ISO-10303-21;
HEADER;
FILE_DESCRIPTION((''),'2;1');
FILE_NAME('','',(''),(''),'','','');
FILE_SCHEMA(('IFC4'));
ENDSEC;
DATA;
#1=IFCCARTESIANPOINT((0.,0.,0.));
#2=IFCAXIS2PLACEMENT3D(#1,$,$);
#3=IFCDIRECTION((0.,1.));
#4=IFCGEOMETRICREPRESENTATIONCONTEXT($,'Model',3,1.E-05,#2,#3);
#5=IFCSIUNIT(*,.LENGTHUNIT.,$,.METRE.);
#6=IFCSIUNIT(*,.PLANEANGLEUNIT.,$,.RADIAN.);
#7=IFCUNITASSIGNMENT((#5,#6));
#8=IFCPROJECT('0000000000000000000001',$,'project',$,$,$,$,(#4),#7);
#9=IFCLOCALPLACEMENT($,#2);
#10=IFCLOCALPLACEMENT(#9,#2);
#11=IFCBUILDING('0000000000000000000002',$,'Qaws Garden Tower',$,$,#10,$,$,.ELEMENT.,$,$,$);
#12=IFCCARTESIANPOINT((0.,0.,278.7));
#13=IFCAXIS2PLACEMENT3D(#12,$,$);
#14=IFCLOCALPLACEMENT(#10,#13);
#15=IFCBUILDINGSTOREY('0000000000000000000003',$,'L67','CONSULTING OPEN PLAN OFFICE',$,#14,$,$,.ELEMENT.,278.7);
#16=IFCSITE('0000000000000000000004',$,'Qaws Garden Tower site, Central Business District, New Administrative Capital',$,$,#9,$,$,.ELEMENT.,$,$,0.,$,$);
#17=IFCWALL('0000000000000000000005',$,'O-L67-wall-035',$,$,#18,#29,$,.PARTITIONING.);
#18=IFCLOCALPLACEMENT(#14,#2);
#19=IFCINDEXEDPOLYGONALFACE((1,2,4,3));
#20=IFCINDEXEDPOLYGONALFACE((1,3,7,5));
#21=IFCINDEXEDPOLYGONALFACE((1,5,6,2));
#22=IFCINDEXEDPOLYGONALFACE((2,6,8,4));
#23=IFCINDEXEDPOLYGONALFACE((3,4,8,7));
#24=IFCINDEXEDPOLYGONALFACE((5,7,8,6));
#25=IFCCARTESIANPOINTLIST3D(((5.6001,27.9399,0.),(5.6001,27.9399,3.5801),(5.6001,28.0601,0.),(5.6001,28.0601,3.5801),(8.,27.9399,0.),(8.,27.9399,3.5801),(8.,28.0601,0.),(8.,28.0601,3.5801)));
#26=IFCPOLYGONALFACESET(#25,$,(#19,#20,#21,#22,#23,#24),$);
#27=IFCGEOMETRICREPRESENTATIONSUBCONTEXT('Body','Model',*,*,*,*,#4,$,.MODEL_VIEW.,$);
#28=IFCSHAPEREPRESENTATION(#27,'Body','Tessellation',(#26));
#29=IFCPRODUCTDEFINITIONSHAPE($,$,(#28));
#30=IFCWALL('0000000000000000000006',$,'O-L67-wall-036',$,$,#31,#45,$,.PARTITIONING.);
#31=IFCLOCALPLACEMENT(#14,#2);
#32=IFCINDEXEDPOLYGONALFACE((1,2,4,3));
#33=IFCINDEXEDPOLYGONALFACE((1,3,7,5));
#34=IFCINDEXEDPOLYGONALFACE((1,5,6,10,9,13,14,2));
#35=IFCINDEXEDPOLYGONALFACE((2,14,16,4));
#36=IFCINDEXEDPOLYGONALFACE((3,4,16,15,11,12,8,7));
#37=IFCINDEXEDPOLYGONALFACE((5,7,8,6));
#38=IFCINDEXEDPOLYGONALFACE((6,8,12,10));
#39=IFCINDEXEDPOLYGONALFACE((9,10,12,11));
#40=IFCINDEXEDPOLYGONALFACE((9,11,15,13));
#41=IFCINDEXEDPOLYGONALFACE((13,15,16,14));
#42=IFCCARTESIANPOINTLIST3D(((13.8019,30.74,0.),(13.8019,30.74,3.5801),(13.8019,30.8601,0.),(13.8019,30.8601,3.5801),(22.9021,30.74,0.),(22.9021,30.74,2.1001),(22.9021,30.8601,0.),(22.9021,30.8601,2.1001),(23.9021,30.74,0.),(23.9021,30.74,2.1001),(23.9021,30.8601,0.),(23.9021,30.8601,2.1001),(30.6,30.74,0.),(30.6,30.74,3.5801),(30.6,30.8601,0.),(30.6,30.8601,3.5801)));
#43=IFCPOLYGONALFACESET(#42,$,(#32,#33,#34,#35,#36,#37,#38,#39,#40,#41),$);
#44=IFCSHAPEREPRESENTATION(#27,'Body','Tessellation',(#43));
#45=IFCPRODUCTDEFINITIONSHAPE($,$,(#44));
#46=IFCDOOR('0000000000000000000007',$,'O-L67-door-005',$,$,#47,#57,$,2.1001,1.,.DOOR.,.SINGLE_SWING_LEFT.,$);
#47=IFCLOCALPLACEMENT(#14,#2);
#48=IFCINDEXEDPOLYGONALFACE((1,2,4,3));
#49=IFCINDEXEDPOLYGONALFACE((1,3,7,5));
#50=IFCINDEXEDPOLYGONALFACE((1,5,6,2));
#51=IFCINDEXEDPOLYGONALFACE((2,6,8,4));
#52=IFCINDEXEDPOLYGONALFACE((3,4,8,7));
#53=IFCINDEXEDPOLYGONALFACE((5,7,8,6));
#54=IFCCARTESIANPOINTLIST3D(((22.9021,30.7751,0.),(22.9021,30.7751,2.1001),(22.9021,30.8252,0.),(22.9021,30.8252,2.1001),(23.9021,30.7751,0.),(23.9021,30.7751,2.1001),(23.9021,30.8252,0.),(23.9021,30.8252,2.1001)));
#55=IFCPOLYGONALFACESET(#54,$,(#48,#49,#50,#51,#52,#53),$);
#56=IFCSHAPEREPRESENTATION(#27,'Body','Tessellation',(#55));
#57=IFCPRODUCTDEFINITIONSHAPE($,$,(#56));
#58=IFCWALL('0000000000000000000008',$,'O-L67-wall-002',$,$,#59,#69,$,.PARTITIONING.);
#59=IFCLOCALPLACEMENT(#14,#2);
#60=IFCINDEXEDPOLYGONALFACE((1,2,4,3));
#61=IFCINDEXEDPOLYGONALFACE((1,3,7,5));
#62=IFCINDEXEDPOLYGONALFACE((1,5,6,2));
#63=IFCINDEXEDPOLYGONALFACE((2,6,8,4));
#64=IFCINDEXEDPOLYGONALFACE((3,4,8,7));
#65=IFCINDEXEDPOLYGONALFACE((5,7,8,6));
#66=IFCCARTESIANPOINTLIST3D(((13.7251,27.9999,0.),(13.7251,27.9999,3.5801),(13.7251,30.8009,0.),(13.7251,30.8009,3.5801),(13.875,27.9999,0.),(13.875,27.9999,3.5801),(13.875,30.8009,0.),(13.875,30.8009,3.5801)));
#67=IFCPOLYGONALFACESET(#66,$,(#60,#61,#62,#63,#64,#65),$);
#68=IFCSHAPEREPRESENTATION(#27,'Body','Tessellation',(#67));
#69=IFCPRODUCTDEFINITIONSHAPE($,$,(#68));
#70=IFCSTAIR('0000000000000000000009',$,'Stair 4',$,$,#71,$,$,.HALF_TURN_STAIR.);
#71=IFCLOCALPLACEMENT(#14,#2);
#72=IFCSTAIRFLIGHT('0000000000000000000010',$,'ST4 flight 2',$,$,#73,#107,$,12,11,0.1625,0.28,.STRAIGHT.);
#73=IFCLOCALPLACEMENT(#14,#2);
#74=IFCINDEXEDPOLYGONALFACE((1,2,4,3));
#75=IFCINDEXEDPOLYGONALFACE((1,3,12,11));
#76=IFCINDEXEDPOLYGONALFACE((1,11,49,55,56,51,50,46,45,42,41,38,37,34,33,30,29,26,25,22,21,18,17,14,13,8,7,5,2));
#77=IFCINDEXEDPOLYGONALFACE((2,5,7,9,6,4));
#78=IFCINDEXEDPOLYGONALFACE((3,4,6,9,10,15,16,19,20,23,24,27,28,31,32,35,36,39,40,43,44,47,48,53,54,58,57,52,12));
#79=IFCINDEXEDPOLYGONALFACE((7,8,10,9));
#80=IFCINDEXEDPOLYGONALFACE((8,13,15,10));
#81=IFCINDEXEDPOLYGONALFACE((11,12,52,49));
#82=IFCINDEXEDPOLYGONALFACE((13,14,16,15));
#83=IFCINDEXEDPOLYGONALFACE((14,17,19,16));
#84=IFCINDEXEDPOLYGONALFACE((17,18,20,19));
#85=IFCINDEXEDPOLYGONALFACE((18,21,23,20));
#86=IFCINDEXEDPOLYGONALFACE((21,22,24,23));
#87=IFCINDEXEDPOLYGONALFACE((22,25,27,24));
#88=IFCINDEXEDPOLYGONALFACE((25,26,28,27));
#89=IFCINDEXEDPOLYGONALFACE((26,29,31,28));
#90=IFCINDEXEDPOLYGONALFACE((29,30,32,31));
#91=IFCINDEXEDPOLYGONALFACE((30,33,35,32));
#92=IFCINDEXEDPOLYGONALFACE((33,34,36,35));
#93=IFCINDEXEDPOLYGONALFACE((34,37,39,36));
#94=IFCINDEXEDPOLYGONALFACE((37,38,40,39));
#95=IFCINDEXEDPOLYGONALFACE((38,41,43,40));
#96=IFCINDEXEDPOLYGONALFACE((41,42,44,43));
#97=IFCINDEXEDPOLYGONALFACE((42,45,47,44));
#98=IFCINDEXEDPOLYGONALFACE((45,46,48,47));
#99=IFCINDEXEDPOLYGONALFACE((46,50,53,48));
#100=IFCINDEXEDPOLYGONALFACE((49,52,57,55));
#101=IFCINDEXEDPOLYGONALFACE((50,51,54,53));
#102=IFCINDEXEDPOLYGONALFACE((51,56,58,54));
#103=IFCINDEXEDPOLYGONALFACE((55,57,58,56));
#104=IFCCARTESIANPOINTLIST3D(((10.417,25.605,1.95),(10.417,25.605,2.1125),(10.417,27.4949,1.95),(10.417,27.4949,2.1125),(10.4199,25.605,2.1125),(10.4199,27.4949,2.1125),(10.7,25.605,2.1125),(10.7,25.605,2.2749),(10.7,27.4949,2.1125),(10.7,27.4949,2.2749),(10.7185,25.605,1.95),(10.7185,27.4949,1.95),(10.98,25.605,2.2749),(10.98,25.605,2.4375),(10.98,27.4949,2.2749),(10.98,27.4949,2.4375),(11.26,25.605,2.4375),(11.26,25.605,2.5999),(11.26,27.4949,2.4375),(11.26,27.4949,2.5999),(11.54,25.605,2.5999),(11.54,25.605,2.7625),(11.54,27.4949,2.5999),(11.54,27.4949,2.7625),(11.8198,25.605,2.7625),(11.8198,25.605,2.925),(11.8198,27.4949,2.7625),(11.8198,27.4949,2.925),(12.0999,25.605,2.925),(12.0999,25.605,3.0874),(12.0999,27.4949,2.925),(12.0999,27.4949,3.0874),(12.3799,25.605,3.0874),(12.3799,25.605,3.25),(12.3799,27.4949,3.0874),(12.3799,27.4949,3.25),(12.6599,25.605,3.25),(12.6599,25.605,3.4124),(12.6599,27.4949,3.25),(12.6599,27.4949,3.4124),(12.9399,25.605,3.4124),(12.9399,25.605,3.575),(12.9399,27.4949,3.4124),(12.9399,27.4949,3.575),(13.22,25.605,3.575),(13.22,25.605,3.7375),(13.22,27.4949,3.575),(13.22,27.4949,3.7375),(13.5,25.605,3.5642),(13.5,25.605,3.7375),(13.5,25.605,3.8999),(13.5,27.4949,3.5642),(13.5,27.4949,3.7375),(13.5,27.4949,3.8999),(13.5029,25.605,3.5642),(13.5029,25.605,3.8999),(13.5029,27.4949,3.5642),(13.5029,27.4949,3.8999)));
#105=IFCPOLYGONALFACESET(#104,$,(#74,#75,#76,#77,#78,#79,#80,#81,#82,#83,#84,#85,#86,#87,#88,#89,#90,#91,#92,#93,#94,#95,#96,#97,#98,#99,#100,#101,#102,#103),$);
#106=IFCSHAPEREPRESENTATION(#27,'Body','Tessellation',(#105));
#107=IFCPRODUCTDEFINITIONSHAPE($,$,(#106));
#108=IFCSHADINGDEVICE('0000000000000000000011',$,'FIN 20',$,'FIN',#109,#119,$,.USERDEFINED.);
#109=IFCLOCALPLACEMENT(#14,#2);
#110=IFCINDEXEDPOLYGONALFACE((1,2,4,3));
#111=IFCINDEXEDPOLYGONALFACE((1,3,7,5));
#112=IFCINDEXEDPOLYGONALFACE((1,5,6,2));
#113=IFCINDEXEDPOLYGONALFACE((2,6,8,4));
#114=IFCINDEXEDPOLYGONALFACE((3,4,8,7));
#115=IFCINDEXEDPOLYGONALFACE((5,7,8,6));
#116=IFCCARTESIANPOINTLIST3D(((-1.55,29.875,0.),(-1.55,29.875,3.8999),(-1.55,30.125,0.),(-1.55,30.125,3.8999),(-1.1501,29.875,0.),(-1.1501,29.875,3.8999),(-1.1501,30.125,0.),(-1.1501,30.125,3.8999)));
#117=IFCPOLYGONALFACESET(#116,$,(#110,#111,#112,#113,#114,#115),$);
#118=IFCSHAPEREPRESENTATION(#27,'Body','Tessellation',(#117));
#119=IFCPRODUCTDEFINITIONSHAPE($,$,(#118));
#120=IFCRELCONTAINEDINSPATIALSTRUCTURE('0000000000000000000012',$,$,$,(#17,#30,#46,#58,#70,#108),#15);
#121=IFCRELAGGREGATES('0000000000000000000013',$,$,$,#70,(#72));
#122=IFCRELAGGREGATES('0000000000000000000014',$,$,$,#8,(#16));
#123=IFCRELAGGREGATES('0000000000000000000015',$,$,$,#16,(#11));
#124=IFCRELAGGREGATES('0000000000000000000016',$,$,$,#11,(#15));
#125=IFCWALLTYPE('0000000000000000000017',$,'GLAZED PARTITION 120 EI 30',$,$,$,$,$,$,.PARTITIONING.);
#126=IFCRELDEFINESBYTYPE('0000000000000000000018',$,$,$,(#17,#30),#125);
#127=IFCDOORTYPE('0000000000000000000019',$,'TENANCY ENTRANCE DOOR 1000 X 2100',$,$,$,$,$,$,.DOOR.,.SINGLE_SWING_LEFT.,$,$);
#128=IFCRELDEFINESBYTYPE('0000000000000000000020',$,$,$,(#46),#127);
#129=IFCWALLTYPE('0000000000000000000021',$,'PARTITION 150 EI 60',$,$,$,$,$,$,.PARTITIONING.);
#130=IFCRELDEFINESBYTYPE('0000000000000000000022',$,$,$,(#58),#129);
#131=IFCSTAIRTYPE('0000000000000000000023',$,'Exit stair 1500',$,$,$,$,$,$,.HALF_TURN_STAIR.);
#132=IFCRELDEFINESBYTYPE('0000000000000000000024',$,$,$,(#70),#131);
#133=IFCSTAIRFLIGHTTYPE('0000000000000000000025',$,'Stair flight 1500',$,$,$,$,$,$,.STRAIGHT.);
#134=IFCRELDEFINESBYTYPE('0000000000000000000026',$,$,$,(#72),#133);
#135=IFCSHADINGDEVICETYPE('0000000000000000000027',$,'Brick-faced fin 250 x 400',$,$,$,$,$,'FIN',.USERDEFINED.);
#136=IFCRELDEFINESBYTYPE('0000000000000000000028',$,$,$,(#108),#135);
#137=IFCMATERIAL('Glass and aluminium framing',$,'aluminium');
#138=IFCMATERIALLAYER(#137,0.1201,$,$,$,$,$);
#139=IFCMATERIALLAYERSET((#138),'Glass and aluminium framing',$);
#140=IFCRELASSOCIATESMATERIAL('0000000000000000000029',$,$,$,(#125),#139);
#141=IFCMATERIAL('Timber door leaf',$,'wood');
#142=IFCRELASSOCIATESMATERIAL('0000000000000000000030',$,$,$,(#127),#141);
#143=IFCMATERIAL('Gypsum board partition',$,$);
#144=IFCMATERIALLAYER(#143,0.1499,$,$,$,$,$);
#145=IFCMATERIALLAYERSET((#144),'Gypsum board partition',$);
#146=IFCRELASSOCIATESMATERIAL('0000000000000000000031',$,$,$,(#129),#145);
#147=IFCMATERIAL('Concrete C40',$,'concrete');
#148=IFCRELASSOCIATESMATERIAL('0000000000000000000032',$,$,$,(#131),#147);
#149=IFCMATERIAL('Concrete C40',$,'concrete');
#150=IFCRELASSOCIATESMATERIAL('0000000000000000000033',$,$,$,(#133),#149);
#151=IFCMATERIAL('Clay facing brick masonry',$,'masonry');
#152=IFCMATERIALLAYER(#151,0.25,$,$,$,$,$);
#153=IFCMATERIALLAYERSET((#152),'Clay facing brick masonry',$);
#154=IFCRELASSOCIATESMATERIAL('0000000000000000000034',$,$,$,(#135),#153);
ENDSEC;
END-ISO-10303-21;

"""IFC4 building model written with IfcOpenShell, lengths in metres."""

from ifc_helpers import new_model, si_unit, direction, frame, frame_2d, origin, origin_2d, place, context, subcontext, project, spatial, polyline, rectangle, outline, extrude, material, layer, layer_set, type_object, element, fill, aggregate, save


model = new_model("IFC4")

# Units and contexts
model_context = context("Model", 3, precision=1e-05, world=origin(), true_north=direction((0.0, 1.0)))
body_context = subcontext(model_context, "Body", "Model", "MODEL_VIEW")
ifc_project = project(units=[si_unit("LENGTHUNIT", "METRE"), si_unit("PLANEANGLEUNIT", "RADIAN")], contexts=[model_context])

# Site, building, storey
site_placement = place(None, origin())
site = spatial("IfcSite", under=ifc_project, at=site_placement, Name="Qaws Garden Tower site, Central Business District, New Administrative Capital", CompositionType="ELEMENT", RefElevation=0.0)
building_placement = place(site_placement, origin())
building = spatial("IfcBuilding", under=site, at=building_placement, Name="Qaws Garden Tower", CompositionType="ELEMENT")
storey_placement = place(building_placement, frame((0.0, 0.0, 278.7)))
storey = spatial("IfcBuildingStorey", under=building, at=storey_placement, Name="L67", Description="CONSULTING OPEN PLAN OFFICE", CompositionType="ELEMENT", Elevation=278.7)

# Shared definitions
ifc_material_1 = material(Name="Glass and aluminium framing", Category="aluminium")
ifc_layer_1 = layer(ifc_material_1, 0.1201)
ifc_layer_set_1 = layer_set([ifc_layer_1], Name="Glass and aluminium framing")
wall_type_1 = type_object("IfcWallType", Name="GLAZED PARTITION 120 EI 30", PredefinedType="PARTITIONING", material=ifc_layer_set_1)

# Wall
wall_1_placement = place(storey_placement, frame((5.6001, 28.0, 0.0), z_axis=(0.0, 0.0, 1.0), x_axis=(1.0, 0.0, 0.0)))
element("IfcWall", 1, at=wall_1_placement, inside=storey, type_object=wall_type_1, Name="O-L67-wall-035", PredefinedType="PARTITIONING", context=body_context, shape_type="SweptSolid", body=[
    extrude(rectangle(XDim=2.3999, YDim=0.1201, at=frame_2d((1.2, 0.0))), origin(), (0.0, 0.0, 1.0), 3.5801),
])

# Wall, opening, door
wall_2_placement = place(storey_placement, frame((13.802, 30.8, 0.0), z_axis=(0.0, 0.0, 1.0), x_axis=(1.0, 0.0, 0.0)))
wall_2 = element("IfcWall", 2, at=wall_2_placement, inside=storey, type_object=wall_type_1, Name="O-L67-wall-036", PredefinedType="PARTITIONING", context=body_context, shape_type="SweptSolid", body=[
    extrude(rectangle(XDim=16.7981, YDim=0.1201, at=frame_2d((8.3989, 0.0))), origin(), (0.0, 0.0, 1.0), 3.5801),
])
opening_1_placement = place(wall_2_placement, frame((9.1001, 0.0, 0.0)))
opening_1 = element("IfcOpeningElement", 3, at=opening_1_placement, cuts=wall_2, PredefinedType="OPENING", context=body_context, shape_type="SweptSolid", body=[
    extrude(rectangle(XDim=1.0, YDim=2.1001, at=frame_2d((0.5, 1.05))), frame((0.0, 0.0701, 0.0), z_axis=(0.0, -1.0, 0.0), x_axis=(1.0, 0.0, 0.0)), (0.0, 0.0, 1.0), 0.1401),
])
ifc_material_2 = material(Name="Timber door leaf", Category="wood")
door_type_1 = type_object("IfcDoorType", Name="TENANCY ENTRANCE DOOR 1000 X 2100", OperationType="SINGLE_SWING_LEFT", PredefinedType="DOOR", material=ifc_material_2)
door_1_placement = place(opening_1_placement, frame((1.0, 0.0, 0.0), z_axis=(0.0, 0.0, 1.0), x_axis=(-1.0, 0.0, 0.0)))
door_1 = element("IfcDoor", 4, at=door_1_placement, inside=storey, type_object=door_type_1, Name="O-L67-door-005", OperationType="SINGLE_SWING_LEFT", OverallHeight=2.1001, OverallWidth=1.0, PredefinedType="DOOR", context=body_context, shape_type="SweptSolid", body=[
    extrude(rectangle(XDim=1.0, YDim=2.1001, at=frame_2d((0.5, 1.05))), frame((0.0, 0.0249, 0.0), z_axis=(0.0, -1.0, 0.0), x_axis=(1.0, 0.0, 0.0)), (0.0, 0.0, 1.0), 0.05),
])
fill(opening_1, door_1)

# Wall
ifc_material_3 = material(Name="Gypsum board partition")
ifc_layer_2 = layer(ifc_material_3, 0.1499)
ifc_layer_set_2 = layer_set([ifc_layer_2], Name="Gypsum board partition")
wall_type_2 = type_object("IfcWallType", Name="PARTITION 150 EI 60", PredefinedType="PARTITIONING", material=ifc_layer_set_2)
wall_3_placement = place(storey_placement, frame((13.8, 28.0, 0.0), z_axis=(0.0, 0.0, 1.0), x_axis=(0.0, 1.0, 0.0)))
element("IfcWall", 5, at=wall_3_placement, inside=storey, type_object=wall_type_2, Name="O-L67-wall-002", PredefinedType="PARTITIONING", context=body_context, shape_type="SweptSolid", body=[
    extrude(rectangle(XDim=2.801, YDim=0.1499, at=frame_2d((1.4004, 0.0))), origin(), (0.0, 0.0, 1.0), 3.5801),
])

# Stair, stair flight
ifc_material_4 = material(Name="Concrete C40", Category="concrete")
stair_type = type_object("IfcStairType", Name="Exit stair 1500", PredefinedType="HALF_TURN_STAIR", material=ifc_material_4)
stair_placement = place(storey_placement, origin())
stair = element("IfcStair", 6, at=stair_placement, inside=storey, type_object=stair_type, Name="Stair 4", PredefinedType="HALF_TURN_STAIR")
ifc_material_5 = material(Name="Concrete C40", Category="concrete")
stair_flight_type = type_object("IfcStairFlightType", Name="Stair flight 1500", PredefinedType="STRAIGHT", material=ifc_material_5)
stair_flight_placement = place(storey_placement, frame((10.4199, 26.55, 1.95), z_axis=(0.0, 0.0, 1.0), x_axis=(1.0, 0.0, 0.0)))
stair_flight = element("IfcStairFlight", 7, at=stair_flight_placement, type_object=stair_flight_type, Name="ST4 flight 2", NumberOfRisers=12, NumberOfTreads=11, PredefinedType="STRAIGHT", RiserHeight=0.1625, TreadLength=0.28, context=body_context, shape_type="SweptSolid", body=[
    extrude(outline(polyline([(-0.0029, 0.0), (-0.0029, 0.1626), (0.0, 0.1626), (0.28, 0.1626), (0.28, 0.325), (0.5601, 0.325), (0.5601, 0.4875), (0.8401, 0.4875), (0.8401, 0.6499), (1.1201, 0.6499), (1.1201, 0.8125), (1.3999, 0.8125), (1.3999, 0.9751), (1.6799, 0.9751), (1.6799, 1.1375), (1.96, 1.1375), (1.96, 1.3), (2.24, 1.3), (2.24, 1.4624), (2.52, 1.4624), (2.52, 1.625), (2.8, 1.625), (2.8, 1.7876), (3.0801, 1.7876), (3.0801, 1.95), (3.083, 1.95), (3.083, 1.6143), (3.0801, 1.6143), (0.2986, 0.0), (-0.0029, 0.0)])), frame((0.0, 0.9448, 0.0), z_axis=(0.0, -1.0, 0.0), x_axis=(1.0, 0.0, 0.0)), (0.0, 0.0, 1.0), 1.8899),
])
aggregate(stair, [stair_flight])

# Shading device
ifc_material_6 = material(Name="Clay facing brick masonry", Category="masonry")
ifc_layer_3 = layer(ifc_material_6, 0.25)
ifc_layer_set_3 = layer_set([ifc_layer_3], Name="Clay facing brick masonry")
shading_device_type = type_object("IfcShadingDeviceType", Name="Brick-faced fin 250 x 400", ElementType="FIN", PredefinedType="USERDEFINED", material=ifc_layer_set_3)
shading_device_placement = place(storey_placement, frame((-1.3501, 30.0, 0.0), z_axis=(0.0, 0.0, 1.0), x_axis=(0.0, -1.0, 0.0)))
element("IfcShadingDevice", 8, at=shading_device_placement, inside=storey, type_object=shading_device_type, Name="FIN 20", ObjectType="FIN", PredefinedType="USERDEFINED", context=body_context, shape_type="SweptSolid", body=[
    extrude(rectangle(XDim=0.25, YDim=0.3999, at=origin_2d()), origin(), (0.0, 0.0, 1.0), 3.8999),
])

save(model, "model.ifc")
